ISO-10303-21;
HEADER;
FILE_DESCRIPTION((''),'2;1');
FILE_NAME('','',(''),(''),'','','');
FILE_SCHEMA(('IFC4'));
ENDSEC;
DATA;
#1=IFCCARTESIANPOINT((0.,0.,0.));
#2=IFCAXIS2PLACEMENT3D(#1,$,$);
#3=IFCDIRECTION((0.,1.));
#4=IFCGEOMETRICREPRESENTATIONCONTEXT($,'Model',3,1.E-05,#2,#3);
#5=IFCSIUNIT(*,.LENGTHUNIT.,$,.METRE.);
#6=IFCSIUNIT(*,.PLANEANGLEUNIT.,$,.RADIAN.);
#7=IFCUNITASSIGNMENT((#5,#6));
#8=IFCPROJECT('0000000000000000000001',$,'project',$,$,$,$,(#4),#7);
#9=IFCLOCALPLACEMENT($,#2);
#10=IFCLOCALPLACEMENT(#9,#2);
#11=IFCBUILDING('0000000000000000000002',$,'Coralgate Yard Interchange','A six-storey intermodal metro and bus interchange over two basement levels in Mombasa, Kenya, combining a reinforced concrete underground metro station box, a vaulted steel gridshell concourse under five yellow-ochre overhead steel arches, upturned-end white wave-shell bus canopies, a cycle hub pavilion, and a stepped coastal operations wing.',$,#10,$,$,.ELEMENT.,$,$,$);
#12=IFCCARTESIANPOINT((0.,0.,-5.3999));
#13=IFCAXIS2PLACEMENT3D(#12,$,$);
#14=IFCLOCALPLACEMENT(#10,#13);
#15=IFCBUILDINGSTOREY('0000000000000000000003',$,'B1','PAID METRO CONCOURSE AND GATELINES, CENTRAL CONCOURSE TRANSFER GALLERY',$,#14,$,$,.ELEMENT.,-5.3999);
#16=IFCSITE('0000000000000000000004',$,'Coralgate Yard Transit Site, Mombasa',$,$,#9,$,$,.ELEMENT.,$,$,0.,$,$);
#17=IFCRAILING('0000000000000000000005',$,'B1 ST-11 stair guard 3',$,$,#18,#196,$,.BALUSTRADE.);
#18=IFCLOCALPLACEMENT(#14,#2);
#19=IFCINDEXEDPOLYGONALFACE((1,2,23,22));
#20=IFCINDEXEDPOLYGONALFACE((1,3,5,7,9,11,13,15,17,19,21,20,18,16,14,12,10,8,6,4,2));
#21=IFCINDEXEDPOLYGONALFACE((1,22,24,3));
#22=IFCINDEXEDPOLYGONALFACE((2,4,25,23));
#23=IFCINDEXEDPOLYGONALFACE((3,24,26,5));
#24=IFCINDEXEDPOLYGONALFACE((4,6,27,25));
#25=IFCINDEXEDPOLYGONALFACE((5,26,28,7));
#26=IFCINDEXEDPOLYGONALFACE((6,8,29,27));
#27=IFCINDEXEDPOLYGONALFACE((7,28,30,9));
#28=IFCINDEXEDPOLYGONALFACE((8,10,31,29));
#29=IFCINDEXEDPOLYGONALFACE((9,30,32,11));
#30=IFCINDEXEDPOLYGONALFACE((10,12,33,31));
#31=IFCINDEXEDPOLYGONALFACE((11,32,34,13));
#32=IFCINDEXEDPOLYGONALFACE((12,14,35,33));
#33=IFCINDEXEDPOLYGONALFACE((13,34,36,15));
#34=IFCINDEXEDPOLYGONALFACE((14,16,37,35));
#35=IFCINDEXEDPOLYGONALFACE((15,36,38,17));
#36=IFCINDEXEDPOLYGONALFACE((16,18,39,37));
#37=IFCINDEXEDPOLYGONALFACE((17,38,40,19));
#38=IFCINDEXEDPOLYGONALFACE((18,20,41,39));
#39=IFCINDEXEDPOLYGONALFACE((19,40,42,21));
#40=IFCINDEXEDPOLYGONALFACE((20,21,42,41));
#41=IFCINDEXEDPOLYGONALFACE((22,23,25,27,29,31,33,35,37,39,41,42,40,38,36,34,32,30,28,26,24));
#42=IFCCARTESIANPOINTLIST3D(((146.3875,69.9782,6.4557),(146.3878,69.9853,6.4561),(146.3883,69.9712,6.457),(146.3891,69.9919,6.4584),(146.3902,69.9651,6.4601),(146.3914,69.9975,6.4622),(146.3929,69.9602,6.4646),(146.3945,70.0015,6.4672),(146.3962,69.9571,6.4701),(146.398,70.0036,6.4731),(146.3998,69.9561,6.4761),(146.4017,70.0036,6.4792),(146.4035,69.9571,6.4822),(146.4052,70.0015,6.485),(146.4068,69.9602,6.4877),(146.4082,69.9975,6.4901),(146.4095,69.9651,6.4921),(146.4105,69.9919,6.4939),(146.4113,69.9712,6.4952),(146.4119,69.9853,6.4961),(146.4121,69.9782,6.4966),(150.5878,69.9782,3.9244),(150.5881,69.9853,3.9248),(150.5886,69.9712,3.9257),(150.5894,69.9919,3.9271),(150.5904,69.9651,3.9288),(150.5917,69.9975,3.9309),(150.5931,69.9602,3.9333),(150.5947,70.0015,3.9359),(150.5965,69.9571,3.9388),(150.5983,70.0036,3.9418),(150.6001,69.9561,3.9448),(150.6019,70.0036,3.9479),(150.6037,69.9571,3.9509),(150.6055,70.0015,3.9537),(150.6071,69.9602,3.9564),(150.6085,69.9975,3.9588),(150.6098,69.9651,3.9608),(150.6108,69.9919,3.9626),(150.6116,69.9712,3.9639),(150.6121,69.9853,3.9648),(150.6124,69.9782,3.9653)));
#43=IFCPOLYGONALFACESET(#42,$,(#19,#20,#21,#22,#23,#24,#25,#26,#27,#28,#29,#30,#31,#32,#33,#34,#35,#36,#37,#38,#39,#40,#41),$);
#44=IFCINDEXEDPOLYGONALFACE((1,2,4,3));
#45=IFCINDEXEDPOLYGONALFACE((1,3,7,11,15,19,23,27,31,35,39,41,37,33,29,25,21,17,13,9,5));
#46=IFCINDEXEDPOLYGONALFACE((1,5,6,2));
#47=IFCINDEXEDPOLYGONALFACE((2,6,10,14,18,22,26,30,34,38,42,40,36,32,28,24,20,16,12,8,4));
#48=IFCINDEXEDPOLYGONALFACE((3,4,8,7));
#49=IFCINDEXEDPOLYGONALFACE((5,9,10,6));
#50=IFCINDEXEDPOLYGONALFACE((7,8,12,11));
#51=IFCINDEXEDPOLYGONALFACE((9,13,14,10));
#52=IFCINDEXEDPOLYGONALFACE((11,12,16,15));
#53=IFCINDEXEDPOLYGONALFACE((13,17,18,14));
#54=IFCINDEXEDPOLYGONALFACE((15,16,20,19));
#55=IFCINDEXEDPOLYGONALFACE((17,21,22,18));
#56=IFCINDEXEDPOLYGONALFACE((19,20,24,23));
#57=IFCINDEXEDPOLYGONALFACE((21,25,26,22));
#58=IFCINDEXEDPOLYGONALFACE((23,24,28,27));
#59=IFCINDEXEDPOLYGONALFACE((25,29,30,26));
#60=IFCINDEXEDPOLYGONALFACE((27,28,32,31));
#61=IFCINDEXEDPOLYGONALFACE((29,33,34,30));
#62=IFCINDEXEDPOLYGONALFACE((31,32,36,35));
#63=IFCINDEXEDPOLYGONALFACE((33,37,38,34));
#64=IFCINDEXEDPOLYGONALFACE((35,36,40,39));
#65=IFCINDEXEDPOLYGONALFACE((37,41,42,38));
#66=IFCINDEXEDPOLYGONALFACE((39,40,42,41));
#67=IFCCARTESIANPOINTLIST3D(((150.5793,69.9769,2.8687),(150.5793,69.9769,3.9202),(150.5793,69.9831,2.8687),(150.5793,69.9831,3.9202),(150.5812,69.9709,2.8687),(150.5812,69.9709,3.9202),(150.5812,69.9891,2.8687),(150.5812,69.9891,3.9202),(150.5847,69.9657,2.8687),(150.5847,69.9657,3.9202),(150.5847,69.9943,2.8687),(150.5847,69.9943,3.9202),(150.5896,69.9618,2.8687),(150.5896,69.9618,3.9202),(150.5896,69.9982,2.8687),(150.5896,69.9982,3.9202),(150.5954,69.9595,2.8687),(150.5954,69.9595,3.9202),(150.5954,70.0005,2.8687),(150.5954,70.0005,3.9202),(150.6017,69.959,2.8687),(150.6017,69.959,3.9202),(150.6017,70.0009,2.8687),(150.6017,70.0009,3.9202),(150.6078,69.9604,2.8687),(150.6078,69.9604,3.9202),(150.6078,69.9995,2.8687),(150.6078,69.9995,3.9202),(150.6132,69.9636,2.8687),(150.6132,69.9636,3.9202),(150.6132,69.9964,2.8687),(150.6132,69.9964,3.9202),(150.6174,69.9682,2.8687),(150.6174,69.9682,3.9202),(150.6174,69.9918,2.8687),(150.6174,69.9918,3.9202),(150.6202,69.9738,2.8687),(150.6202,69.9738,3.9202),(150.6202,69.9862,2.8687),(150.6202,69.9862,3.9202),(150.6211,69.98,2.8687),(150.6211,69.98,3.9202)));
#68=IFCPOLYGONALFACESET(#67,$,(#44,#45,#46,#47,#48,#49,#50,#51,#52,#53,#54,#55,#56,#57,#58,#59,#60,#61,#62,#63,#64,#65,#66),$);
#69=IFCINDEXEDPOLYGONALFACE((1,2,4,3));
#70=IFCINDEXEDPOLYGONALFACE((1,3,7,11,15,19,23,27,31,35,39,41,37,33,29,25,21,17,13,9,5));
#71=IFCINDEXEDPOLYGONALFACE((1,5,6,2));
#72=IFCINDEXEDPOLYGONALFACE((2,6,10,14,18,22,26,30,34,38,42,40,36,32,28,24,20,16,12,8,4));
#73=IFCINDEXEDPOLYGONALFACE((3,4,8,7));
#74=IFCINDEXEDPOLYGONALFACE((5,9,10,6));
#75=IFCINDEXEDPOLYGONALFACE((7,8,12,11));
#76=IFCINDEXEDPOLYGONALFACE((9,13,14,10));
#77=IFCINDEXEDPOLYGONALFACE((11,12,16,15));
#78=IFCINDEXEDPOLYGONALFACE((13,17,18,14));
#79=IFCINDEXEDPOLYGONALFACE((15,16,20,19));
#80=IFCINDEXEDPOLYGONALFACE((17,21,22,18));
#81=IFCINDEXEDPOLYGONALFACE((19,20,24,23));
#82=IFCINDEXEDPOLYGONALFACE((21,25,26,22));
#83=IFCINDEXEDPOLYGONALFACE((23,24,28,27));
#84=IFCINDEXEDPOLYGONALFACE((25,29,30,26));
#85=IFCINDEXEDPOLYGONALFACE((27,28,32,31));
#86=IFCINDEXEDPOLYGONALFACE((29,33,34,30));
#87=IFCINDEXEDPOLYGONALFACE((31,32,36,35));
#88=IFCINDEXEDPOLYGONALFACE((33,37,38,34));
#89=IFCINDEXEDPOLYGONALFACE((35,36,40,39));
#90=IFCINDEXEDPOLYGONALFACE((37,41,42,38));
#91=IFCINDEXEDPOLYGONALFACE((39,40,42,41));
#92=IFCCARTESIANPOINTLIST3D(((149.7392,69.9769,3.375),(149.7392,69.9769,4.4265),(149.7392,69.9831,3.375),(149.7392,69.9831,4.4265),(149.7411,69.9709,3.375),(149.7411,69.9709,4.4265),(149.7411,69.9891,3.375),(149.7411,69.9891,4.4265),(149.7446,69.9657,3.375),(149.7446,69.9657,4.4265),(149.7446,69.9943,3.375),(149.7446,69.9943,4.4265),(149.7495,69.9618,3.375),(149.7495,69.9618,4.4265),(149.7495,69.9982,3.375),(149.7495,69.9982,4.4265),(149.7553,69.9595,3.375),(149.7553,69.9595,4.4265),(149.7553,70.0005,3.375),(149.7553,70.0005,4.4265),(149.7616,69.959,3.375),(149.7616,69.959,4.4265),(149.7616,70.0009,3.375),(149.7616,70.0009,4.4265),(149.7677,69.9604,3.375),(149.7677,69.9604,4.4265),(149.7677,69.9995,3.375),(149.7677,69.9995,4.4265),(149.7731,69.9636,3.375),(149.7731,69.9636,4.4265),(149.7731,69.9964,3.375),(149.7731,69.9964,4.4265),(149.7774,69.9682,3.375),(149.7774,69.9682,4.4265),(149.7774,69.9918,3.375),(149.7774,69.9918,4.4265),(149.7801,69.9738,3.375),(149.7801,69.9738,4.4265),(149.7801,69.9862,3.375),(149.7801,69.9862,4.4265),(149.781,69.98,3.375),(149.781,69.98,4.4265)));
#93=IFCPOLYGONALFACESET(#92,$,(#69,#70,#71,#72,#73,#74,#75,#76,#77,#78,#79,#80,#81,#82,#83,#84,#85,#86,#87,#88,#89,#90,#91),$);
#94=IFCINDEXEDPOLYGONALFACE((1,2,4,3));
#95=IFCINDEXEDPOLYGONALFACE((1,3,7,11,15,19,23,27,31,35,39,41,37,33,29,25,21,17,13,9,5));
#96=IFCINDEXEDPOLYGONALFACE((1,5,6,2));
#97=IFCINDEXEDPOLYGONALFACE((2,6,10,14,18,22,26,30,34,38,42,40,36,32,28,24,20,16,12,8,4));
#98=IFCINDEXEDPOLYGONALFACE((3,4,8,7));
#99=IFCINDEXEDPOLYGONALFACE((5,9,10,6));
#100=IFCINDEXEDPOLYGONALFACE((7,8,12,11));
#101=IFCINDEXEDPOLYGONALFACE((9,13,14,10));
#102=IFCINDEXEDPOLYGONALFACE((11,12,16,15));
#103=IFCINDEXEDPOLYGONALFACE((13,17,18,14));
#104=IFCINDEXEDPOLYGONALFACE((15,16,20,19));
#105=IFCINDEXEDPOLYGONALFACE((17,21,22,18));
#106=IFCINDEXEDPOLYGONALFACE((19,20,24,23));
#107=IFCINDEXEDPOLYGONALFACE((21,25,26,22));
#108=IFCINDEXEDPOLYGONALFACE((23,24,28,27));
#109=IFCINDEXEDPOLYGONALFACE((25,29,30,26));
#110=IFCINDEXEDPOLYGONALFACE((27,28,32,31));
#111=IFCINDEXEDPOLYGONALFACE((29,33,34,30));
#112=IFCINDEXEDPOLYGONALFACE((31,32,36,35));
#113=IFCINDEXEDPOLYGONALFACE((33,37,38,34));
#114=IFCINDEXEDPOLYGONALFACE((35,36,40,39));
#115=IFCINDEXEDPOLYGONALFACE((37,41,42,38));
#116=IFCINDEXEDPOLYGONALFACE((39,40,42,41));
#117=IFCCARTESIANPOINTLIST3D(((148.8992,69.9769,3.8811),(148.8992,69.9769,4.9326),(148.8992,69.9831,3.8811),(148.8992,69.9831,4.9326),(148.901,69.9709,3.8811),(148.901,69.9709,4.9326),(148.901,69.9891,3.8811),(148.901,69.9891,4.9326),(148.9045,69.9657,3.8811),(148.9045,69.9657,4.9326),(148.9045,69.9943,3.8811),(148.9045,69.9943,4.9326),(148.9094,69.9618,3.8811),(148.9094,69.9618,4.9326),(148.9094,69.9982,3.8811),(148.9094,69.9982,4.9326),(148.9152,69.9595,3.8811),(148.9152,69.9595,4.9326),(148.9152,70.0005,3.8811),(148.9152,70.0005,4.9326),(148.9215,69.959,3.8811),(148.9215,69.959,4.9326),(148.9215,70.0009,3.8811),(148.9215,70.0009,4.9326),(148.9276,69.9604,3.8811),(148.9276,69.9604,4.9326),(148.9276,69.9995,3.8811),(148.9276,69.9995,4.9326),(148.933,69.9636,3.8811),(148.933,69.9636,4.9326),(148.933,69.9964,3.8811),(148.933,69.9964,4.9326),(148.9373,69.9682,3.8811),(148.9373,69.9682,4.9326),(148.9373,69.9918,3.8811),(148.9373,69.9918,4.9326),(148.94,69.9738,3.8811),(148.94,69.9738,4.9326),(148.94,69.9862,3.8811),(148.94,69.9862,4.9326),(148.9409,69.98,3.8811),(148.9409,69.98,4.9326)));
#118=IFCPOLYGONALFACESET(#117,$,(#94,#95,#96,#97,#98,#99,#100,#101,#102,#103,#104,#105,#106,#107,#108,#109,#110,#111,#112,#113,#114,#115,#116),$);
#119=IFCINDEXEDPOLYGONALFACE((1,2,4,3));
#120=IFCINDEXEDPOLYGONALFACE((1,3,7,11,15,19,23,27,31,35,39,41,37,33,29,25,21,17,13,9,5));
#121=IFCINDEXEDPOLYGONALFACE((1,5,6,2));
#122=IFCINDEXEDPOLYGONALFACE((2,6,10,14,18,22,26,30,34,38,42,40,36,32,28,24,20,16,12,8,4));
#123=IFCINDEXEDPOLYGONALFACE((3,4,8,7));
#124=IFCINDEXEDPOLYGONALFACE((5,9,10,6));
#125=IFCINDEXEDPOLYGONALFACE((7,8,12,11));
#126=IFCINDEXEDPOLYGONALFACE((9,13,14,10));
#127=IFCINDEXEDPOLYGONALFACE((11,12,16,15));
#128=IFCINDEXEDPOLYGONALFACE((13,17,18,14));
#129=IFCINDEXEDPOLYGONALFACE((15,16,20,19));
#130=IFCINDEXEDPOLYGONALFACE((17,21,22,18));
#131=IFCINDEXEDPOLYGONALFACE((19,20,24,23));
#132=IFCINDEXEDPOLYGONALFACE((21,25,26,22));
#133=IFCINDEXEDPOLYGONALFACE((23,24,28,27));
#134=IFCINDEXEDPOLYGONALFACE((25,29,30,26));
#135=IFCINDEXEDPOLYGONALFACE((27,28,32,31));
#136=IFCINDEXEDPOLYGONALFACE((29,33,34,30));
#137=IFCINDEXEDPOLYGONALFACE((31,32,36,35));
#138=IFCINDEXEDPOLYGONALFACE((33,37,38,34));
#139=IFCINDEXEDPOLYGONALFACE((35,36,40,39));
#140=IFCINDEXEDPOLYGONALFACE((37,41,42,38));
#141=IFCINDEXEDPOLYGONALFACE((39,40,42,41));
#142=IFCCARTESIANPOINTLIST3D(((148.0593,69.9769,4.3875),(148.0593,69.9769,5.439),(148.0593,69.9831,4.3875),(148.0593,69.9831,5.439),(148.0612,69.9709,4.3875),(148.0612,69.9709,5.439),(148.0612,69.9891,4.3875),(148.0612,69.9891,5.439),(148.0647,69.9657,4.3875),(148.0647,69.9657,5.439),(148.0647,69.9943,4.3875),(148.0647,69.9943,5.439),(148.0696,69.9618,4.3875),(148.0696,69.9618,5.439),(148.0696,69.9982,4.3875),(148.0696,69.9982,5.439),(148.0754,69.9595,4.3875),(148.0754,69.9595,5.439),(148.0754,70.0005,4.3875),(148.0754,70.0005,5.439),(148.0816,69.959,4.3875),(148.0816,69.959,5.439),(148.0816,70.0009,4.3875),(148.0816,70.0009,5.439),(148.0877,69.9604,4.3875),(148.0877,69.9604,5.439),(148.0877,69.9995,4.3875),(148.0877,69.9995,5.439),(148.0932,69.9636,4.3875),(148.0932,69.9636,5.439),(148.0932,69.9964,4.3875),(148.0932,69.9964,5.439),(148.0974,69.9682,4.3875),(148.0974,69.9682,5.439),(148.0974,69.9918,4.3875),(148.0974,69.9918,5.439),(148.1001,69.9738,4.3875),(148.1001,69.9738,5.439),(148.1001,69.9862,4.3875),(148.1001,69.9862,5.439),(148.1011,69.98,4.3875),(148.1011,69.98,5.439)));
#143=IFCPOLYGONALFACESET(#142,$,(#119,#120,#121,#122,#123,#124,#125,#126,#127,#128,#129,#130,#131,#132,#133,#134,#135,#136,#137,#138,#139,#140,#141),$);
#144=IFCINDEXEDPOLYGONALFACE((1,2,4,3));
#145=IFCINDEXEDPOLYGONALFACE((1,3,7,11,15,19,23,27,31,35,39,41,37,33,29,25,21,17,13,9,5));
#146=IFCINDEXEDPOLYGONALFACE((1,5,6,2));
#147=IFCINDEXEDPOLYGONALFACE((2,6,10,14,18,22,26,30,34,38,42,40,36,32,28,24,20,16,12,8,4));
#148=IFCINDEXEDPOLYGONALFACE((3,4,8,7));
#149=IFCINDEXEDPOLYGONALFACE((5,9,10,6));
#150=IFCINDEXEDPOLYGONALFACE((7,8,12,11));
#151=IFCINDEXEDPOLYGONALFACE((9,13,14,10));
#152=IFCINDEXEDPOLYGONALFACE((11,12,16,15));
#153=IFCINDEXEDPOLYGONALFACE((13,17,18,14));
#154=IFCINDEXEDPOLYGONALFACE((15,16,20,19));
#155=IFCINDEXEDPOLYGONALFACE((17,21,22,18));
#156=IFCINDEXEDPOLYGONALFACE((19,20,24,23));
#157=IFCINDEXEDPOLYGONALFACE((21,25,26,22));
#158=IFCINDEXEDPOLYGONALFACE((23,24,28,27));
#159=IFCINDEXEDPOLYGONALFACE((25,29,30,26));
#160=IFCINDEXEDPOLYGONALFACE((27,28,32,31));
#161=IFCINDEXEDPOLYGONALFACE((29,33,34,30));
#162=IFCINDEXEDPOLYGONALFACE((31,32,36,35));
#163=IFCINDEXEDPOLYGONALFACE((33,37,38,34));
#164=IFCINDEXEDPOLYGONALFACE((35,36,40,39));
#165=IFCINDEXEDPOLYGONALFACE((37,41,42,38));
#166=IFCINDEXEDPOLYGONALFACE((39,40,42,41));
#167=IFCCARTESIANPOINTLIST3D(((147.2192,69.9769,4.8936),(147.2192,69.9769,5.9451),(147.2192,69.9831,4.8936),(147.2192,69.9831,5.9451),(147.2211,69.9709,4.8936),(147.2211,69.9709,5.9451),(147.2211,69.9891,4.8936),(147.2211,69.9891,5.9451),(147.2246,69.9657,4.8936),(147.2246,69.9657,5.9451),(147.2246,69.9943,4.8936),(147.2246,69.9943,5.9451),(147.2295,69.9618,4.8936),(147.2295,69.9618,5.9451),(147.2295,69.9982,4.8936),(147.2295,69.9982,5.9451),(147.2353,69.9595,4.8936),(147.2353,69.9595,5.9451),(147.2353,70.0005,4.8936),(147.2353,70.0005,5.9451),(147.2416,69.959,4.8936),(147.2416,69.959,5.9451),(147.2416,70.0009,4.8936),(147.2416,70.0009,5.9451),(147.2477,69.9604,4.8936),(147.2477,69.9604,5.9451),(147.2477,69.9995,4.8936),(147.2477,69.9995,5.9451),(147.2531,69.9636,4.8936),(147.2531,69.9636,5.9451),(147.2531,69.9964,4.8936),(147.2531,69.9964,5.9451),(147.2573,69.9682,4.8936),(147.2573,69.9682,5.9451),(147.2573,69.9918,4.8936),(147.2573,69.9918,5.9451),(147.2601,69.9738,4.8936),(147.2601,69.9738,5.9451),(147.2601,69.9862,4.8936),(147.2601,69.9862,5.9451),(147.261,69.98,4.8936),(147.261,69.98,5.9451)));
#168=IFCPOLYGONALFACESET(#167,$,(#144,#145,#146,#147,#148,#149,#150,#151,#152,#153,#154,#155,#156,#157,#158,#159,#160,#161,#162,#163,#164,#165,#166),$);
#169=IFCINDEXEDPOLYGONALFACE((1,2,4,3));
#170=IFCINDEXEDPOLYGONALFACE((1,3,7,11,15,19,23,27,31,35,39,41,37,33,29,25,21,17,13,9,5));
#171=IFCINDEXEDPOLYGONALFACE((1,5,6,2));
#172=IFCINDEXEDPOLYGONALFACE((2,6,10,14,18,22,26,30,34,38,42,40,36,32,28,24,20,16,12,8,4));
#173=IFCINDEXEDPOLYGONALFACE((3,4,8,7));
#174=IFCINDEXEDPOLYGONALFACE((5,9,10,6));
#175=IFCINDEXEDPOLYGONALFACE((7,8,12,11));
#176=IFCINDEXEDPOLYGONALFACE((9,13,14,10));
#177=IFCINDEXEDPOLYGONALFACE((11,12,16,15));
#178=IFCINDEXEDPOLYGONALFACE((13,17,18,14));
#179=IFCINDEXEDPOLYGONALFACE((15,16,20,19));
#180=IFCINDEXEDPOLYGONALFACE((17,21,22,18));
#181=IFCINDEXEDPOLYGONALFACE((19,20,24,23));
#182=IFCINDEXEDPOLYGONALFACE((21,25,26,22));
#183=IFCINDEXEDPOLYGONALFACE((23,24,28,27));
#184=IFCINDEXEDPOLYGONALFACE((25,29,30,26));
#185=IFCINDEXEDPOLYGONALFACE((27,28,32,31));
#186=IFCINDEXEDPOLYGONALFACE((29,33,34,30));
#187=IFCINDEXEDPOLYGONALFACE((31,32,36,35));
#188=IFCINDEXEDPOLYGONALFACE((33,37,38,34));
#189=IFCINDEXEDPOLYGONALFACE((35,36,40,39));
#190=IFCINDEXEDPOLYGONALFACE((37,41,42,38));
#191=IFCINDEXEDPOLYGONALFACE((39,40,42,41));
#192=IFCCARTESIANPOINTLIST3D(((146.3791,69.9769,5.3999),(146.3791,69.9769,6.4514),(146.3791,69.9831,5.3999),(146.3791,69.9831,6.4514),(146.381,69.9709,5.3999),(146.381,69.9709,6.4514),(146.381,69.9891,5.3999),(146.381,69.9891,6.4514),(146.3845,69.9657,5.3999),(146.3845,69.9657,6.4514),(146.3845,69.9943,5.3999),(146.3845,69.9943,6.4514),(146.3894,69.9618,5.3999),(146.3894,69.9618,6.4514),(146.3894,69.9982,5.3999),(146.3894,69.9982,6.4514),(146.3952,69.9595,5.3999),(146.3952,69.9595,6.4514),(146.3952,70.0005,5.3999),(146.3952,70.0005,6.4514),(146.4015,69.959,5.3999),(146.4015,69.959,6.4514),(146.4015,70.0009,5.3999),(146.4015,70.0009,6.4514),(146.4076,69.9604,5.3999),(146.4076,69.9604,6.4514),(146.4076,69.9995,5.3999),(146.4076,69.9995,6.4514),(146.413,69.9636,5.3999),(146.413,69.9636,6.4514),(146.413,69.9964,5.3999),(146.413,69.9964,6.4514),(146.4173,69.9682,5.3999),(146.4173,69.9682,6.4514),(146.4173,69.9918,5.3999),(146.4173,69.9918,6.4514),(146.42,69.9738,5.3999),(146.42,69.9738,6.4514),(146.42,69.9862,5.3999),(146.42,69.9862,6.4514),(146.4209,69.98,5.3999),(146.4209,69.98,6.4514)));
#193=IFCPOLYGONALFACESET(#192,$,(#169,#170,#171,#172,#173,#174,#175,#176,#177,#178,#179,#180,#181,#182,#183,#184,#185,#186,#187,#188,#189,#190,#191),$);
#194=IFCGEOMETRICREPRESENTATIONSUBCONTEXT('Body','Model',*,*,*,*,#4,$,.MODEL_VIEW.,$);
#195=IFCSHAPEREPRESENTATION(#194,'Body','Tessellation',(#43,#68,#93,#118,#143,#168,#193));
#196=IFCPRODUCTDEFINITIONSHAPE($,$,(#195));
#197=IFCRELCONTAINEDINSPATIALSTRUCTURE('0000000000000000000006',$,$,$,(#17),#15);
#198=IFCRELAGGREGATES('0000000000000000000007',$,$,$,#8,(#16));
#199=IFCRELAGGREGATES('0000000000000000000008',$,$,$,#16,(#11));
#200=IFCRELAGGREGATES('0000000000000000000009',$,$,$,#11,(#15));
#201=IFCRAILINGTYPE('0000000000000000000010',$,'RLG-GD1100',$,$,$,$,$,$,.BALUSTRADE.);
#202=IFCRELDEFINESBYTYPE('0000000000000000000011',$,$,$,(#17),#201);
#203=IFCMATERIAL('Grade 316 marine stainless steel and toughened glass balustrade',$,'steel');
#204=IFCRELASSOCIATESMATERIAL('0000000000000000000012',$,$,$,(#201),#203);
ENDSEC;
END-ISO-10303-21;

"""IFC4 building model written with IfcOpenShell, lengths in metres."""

from ifc_helpers import new_model, si_unit, direction, frame, origin, origin_2d, place, context, subcontext, project, spatial, circle, extrude, material, type_object, element, save


model = new_model("IFC4")

# Units and contexts
model_context = context("Model", 3, precision=1e-05, world=origin(), true_north=direction((0.0, 1.0)))
body_context = subcontext(model_context, "Body", "Model", "MODEL_VIEW")
ifc_project = project(units=[si_unit("LENGTHUNIT", "METRE"), si_unit("PLANEANGLEUNIT", "RADIAN")], contexts=[model_context])

# Site, building, storey
site_placement = place(None, origin())
site = spatial("IfcSite", under=ifc_project, at=site_placement, Name="Coralgate Yard Transit Site, Mombasa", CompositionType="ELEMENT", RefElevation=0.0)
building_placement = place(site_placement, origin())
building = spatial("IfcBuilding", under=site, at=building_placement, Name="Coralgate Yard Interchange", Description="A six-storey intermodal metro and bus interchange over two basement levels in Mombasa, Kenya, combining a reinforced concrete underground metro station box, a vaulted steel gridshell concourse under five yellow-ochre overhead steel arches, upturned-end white wave-shell bus canopies, a cycle hub pavilion, and a stepped coastal operations wing.", CompositionType="ELEMENT")
storey_placement = place(building_placement, frame((0.0, 0.0, -5.3999)))
storey = spatial("IfcBuildingStorey", under=building, at=storey_placement, Name="B1", Description="PAID METRO CONCOURSE AND GATELINES, CENTRAL CONCOURSE TRANSFER GALLERY", CompositionType="ELEMENT", Elevation=-5.3999)

# Railing
ifc_material_1 = material(Name="Grade 316 marine stainless steel and toughened glass balustrade", Category="steel")
railing_type_1 = type_object("IfcRailingType", Name="RLG-GD1100", PredefinedType="BALUSTRADE", material=ifc_material_1)
railing_1_placement = place(storey_placement, frame((150.6001, 69.98, 2.8687)))
element("IfcRailing", 1, at=railing_1_placement, inside=storey, type_object=railing_type_1, Name="B1 ST-11 stair guard 3", PredefinedType="BALUSTRADE", context=body_context, shape_type="SweptSolid", body=[
    extrude(circle(Radius=0.0239, at=origin_2d()), frame((0.0, 0.0, 1.0762), z_axis=(-0.85649, 0.0, 0.516164), x_axis=(0.0, -1.0, 0.0)), (0.0, 0.0, 1.0), 4.9041),
    extrude(circle(Radius=0.021, at=origin_2d()), origin(), (0.0, 0.0, 1.0), 1.0515),
    extrude(circle(Radius=0.021, at=origin_2d()), frame((-0.8401, 0.0, 0.5063)), (0.0, 0.0, 1.0), 1.0515),
    extrude(circle(Radius=0.021, at=origin_2d()), frame((-1.6802, 0.0, 1.0125)), (0.0, 0.0, 1.0), 1.0515),
    extrude(circle(Radius=0.021, at=origin_2d()), frame((-2.52, 0.0, 1.5188)), (0.0, 0.0, 1.0), 1.0515),
    extrude(circle(Radius=0.021, at=origin_2d()), frame((-3.3601, 0.0, 2.0249)), (0.0, 0.0, 1.0), 1.0515),
    extrude(circle(Radius=0.021, at=origin_2d()), frame((-4.2002, 0.0, 2.5312)), (0.0, 0.0, 1.0), 1.0515),
])

save(model, "model.ifc")
